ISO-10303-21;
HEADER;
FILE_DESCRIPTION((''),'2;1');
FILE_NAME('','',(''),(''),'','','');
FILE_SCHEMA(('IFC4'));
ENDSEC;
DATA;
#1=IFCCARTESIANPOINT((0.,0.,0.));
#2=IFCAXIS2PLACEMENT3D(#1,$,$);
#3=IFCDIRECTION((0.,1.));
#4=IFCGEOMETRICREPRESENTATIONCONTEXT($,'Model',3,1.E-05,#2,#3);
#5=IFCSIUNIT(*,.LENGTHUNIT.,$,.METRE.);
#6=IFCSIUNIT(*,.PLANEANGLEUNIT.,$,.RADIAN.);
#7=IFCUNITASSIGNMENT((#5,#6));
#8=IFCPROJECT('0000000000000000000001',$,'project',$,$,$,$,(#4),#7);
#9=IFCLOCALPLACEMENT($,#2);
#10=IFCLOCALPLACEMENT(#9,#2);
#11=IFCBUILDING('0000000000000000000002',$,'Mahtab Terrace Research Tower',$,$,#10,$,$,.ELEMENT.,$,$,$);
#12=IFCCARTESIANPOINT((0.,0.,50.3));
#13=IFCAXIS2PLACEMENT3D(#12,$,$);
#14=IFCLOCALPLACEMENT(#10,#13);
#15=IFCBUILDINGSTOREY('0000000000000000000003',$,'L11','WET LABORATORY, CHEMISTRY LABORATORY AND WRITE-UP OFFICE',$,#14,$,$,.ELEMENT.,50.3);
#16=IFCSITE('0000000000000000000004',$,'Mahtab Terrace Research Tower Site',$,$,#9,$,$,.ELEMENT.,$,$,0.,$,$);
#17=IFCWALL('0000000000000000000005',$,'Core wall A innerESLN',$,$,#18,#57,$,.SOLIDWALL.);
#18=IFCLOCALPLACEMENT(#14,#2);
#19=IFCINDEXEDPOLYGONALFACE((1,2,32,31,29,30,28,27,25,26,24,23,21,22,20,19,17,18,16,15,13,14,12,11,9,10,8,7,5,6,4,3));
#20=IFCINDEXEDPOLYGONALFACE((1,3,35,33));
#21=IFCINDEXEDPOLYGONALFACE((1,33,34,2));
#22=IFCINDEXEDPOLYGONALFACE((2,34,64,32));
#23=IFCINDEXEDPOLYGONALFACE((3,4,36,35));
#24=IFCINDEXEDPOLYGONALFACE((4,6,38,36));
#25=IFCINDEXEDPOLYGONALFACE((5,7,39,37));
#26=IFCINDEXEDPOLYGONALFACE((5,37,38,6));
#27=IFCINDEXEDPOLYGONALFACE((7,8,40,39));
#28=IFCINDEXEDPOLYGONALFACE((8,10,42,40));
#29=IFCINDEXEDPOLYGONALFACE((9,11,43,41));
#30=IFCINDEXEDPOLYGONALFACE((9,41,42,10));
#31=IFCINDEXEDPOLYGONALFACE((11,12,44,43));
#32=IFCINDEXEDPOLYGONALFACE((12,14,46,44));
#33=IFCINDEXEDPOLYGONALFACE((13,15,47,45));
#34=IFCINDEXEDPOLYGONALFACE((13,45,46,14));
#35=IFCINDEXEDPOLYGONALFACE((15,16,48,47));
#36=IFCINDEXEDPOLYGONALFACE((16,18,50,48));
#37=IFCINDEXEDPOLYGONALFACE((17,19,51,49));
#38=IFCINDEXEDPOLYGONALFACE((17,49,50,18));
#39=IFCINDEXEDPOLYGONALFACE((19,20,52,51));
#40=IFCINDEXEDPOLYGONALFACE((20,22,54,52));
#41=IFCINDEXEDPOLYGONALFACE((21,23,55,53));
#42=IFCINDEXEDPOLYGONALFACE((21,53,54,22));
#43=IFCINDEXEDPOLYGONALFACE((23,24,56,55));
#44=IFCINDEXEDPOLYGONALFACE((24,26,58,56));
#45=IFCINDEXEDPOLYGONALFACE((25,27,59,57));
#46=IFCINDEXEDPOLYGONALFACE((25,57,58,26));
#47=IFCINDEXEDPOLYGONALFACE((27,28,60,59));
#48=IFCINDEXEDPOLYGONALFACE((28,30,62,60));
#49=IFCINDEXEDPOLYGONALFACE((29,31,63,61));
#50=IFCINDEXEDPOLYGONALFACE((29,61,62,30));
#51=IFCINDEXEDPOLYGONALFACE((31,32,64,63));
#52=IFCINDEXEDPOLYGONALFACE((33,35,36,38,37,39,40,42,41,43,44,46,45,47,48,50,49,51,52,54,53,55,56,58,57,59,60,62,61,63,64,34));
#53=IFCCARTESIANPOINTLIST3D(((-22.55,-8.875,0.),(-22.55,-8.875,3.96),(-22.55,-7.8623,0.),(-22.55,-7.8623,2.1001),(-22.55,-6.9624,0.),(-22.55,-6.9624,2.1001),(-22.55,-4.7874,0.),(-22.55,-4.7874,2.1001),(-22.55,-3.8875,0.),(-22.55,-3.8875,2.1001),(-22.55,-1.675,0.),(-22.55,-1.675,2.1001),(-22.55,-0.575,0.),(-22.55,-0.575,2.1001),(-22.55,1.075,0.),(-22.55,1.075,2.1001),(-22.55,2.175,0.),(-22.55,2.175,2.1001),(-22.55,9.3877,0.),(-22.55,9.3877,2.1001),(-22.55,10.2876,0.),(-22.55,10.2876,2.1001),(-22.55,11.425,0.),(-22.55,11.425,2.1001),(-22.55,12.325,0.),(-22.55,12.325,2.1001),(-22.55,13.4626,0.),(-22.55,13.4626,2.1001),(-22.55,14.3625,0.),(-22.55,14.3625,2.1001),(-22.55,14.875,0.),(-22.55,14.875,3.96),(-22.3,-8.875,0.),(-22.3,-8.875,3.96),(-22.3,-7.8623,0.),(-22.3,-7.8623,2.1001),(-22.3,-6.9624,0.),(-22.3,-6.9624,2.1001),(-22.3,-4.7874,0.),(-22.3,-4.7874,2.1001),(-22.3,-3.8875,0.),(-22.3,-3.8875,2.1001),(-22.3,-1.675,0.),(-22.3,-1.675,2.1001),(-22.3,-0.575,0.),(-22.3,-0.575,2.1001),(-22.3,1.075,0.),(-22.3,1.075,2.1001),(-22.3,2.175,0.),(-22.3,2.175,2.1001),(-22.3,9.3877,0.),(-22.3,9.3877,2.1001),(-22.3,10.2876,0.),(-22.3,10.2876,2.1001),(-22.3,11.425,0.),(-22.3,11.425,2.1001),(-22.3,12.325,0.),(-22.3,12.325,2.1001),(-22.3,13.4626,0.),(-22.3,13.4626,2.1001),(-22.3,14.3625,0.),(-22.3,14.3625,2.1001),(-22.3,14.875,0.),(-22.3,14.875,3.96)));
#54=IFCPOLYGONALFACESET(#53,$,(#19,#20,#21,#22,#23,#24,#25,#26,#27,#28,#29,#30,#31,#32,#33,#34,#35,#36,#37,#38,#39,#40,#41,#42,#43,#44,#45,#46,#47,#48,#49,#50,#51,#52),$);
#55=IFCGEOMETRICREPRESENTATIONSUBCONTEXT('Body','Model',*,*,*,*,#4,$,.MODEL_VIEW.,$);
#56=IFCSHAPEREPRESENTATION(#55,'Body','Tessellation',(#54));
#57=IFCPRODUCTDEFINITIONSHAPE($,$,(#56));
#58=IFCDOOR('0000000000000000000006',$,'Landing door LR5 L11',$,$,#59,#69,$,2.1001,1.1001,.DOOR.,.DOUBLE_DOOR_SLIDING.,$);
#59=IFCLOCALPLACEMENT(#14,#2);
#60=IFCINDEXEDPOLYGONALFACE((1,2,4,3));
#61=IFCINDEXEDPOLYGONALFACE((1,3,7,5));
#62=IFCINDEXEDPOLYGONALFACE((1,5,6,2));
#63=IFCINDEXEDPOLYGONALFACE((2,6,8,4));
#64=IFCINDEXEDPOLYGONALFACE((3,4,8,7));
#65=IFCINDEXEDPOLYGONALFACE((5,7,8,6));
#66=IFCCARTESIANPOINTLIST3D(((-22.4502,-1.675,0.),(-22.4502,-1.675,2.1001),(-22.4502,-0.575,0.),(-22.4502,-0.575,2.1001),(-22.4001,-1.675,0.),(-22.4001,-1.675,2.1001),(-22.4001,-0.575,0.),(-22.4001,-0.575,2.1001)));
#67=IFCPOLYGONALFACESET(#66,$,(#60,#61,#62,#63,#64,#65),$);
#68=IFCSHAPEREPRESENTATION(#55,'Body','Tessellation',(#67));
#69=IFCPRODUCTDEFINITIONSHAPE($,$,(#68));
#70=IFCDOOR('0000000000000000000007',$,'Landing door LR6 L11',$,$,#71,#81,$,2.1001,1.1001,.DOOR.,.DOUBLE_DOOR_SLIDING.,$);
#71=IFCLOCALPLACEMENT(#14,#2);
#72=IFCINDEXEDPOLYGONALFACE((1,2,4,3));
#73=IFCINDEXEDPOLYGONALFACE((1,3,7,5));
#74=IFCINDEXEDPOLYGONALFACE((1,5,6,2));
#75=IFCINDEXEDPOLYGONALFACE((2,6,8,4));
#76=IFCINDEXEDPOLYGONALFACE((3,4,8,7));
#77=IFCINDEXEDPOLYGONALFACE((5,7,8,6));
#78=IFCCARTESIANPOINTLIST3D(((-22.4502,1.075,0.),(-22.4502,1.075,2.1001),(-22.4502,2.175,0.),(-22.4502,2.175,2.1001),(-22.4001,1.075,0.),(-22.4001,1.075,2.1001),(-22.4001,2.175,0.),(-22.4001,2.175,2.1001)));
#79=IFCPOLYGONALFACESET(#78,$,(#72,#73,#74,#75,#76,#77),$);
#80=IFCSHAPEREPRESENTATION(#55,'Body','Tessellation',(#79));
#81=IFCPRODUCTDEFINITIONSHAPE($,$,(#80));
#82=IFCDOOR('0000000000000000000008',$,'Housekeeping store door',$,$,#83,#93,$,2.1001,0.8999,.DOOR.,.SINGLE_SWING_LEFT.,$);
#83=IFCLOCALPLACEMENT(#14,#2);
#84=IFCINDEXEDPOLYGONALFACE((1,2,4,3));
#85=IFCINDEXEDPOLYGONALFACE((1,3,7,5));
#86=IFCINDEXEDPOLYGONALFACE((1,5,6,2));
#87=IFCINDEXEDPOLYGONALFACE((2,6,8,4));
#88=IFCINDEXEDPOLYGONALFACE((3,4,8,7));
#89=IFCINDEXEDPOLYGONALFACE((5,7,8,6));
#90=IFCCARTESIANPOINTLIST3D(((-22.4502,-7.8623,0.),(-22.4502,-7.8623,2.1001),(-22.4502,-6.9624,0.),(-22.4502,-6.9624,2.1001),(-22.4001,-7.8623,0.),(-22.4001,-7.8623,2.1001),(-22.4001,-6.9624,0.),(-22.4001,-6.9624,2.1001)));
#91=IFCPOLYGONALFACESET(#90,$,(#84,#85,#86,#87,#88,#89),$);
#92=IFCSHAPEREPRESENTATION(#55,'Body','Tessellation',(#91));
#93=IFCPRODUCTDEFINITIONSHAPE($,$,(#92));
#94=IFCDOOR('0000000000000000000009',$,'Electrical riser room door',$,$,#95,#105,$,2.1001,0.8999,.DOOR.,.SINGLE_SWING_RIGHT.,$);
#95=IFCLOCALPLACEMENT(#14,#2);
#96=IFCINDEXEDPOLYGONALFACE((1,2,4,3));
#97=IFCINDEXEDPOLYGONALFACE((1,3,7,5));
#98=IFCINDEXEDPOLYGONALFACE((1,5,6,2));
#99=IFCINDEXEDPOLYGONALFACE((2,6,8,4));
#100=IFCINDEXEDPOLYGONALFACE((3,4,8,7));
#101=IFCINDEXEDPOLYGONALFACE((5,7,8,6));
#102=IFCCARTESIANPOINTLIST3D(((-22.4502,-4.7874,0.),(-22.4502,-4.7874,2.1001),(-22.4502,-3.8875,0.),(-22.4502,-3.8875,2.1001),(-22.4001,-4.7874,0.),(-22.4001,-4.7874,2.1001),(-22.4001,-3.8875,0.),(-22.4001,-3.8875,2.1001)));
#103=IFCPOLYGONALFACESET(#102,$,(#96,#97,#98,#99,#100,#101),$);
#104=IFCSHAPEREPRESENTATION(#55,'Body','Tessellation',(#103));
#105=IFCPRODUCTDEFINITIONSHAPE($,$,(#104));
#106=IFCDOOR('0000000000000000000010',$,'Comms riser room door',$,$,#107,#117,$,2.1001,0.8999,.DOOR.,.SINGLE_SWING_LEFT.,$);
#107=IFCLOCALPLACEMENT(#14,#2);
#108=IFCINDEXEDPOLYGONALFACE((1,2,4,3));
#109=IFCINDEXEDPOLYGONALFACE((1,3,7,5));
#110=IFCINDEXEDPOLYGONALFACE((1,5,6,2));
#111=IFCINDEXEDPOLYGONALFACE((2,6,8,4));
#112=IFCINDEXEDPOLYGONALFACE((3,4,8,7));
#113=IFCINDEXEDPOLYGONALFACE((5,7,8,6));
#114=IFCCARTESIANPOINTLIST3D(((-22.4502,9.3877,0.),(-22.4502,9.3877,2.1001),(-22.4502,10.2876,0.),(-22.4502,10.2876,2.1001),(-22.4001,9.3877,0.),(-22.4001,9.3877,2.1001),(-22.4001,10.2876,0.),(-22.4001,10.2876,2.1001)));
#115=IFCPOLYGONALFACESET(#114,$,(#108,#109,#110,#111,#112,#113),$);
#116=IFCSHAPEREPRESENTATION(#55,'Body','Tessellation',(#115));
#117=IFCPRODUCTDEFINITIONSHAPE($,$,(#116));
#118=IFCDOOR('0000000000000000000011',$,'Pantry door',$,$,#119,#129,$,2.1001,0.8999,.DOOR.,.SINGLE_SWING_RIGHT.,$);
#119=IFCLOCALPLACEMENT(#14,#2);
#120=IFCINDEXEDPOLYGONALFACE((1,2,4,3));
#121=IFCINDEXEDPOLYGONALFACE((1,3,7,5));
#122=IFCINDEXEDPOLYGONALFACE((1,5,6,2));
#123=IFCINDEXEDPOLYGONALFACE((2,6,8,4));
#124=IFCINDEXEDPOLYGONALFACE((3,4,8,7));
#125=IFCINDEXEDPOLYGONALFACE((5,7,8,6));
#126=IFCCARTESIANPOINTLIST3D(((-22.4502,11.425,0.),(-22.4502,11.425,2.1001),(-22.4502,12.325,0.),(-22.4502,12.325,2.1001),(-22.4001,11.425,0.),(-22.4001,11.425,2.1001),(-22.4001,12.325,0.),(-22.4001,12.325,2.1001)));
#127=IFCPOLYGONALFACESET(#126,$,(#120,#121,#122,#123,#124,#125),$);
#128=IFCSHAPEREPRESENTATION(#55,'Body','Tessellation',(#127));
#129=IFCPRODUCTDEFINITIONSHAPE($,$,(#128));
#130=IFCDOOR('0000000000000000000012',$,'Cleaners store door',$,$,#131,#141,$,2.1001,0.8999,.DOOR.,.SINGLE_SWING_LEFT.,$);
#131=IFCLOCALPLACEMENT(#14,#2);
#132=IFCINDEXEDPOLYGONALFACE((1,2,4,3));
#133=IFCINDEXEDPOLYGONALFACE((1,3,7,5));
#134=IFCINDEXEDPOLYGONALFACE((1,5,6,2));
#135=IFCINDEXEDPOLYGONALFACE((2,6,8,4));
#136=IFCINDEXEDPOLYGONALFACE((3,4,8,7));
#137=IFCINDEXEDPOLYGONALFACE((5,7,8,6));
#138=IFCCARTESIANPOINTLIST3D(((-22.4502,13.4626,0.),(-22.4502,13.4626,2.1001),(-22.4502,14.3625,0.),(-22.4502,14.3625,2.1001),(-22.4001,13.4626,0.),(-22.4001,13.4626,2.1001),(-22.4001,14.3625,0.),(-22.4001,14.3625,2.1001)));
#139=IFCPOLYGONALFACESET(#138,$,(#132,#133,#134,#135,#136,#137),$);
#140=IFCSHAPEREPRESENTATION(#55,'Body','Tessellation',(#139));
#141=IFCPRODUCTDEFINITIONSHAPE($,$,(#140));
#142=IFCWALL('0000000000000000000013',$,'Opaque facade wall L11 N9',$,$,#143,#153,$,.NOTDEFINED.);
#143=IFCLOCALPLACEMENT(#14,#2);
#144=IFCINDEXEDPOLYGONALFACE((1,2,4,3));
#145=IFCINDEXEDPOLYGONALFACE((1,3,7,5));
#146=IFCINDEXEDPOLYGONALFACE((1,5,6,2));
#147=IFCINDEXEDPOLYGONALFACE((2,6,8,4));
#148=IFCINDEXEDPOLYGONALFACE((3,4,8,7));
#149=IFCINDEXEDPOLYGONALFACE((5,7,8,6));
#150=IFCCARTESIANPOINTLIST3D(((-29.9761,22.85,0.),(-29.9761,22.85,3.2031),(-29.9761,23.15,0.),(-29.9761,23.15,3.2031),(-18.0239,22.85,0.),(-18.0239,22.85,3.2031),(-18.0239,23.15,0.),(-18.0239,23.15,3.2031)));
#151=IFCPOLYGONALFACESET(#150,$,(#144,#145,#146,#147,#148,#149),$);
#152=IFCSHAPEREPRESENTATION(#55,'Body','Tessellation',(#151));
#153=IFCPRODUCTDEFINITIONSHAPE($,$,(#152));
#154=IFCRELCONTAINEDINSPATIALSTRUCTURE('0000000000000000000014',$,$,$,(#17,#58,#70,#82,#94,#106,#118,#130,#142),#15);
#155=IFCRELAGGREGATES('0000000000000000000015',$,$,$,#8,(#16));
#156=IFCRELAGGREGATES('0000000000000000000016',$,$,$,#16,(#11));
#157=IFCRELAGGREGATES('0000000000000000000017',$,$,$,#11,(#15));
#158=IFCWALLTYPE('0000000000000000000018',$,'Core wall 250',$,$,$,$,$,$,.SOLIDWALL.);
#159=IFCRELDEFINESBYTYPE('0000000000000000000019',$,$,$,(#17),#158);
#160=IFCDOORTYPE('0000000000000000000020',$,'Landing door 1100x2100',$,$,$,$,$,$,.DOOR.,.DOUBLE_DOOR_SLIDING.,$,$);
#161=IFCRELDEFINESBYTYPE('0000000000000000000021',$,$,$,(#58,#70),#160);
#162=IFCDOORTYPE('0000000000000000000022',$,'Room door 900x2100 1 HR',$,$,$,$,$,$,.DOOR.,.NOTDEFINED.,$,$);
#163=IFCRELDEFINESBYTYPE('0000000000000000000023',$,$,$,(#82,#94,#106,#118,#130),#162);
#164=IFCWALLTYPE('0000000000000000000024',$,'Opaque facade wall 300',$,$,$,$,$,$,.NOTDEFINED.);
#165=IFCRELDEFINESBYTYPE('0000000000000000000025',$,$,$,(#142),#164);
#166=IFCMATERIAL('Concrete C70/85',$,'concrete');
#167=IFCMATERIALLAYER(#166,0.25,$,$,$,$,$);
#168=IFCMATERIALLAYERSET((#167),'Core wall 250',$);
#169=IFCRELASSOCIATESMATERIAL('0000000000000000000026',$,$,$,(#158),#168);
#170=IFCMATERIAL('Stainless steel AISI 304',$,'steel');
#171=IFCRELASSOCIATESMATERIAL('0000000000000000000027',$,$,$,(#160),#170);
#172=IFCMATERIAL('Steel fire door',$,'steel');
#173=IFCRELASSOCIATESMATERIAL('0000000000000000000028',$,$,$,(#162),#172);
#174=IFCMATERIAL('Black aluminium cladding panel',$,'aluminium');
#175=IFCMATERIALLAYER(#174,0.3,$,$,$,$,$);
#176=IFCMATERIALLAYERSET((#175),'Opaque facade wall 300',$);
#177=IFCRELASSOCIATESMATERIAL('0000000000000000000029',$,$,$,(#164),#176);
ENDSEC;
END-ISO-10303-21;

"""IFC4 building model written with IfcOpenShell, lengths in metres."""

from ifc_helpers import new_model, si_unit, direction, frame, frame_2d, origin, place, context, subcontext, project, spatial, rectangle, extrude, material, layer, layer_set, type_object, element, fill, save


model = new_model("IFC4")

# Units and contexts
model_context = context("Model", 3, precision=1e-05, world=origin(), true_north=direction((0.0, 1.0)))
body_context = subcontext(model_context, "Body", "Model", "MODEL_VIEW")
ifc_project = project(units=[si_unit("LENGTHUNIT", "METRE"), si_unit("PLANEANGLEUNIT", "RADIAN")], contexts=[model_context])

# Site, building, storey
site_placement = place(None, origin())
site = spatial("IfcSite", under=ifc_project, at=site_placement, Name="Mahtab Terrace Research Tower Site", CompositionType="ELEMENT", RefElevation=0.0)
building_placement = place(site_placement, origin())
building = spatial("IfcBuilding", under=site, at=building_placement, Name="Mahtab Terrace Research Tower", CompositionType="ELEMENT")
storey_placement = place(building_placement, frame((0.0, 0.0, 50.3)))
storey = spatial("IfcBuildingStorey", under=building, at=storey_placement, Name="L11", Description="WET LABORATORY, CHEMISTRY LABORATORY AND WRITE-UP OFFICE", CompositionType="ELEMENT", Elevation=50.3)

# Shared definitions
ifc_material_1 = material(Name="Concrete C70/85", Category="concrete")
ifc_layer_1 = layer(ifc_material_1, 0.25)
ifc_layer_set_1 = layer_set([ifc_layer_1], Name="Core wall 250")
wall_type_1 = type_object("IfcWallType", Name="Core wall 250", PredefinedType="SOLIDWALL", material=ifc_layer_set_1)

# Shared definitions
ifc_material_2 = material(Name="Steel fire door", Category="steel")

# Wall, openings, doors
wall_1_placement = place(storey_placement, frame((-22.425, 14.875, 0.0), z_axis=(0.0, 0.0, 1.0), x_axis=(0.0, -1.0, 0.0)))
wall_1 = element("IfcWall", 1, at=wall_1_placement, inside=storey, type_object=wall_type_1, Name="Core wall A innerESLN", PredefinedType="SOLIDWALL", context=body_context, shape_type="SweptSolid", body=[
    extrude(rectangle(XDim=23.75, YDim=0.25, at=frame_2d((11.875, 0.0))), origin(), (0.0, 0.0, 1.0), 3.96),
])
opening_1_placement = place(wall_1_placement, frame((15.45, 0.0, 0.0)))
opening_1 = element("IfcOpeningElement", 2, at=opening_1_placement, cuts=wall_1, PredefinedType="OPENING", context=body_context, shape_type="SweptSolid", body=[
    extrude(rectangle(XDim=1.1001, YDim=2.1001, at=frame_2d((0.55, 1.05))), frame((0.0, 0.135, 0.0), z_axis=(0.0, -1.0, 0.0), x_axis=(1.0, 0.0, 0.0)), (0.0, 0.0, 1.0), 0.27),
])
opening_2_placement = place(wall_1_placement, frame((12.7, 0.0, 0.0)))
opening_2 = element("IfcOpeningElement", 3, at=opening_2_placement, cuts=wall_1, PredefinedType="OPENING", context=body_context, shape_type="SweptSolid", body=[
    extrude(rectangle(XDim=1.1001, YDim=2.1001, at=frame_2d((0.55, 1.05))), frame((0.0, 0.135, 0.0), z_axis=(0.0, -1.0, 0.0), x_axis=(1.0, 0.0, 0.0)), (0.0, 0.0, 1.0), 0.27),
])
opening_3_placement = place(wall_1_placement, frame((21.8374, 0.0, 0.0)))
opening_3 = element("IfcOpeningElement", 4, at=opening_3_placement, cuts=wall_1, PredefinedType="OPENING", context=body_context, shape_type="SweptSolid", body=[
    extrude(rectangle(XDim=0.8999, YDim=2.1001, at=frame_2d((0.45, 1.05))), frame((0.0, 0.135, 0.0), z_axis=(0.0, -1.0, 0.0), x_axis=(1.0, 0.0, 0.0)), (0.0, 0.0, 1.0), 0.27),
])
opening_4_placement = place(wall_1_placement, frame((18.7625, 0.0, 0.0)))
opening_4 = element("IfcOpeningElement", 5, at=opening_4_placement, cuts=wall_1, PredefinedType="OPENING", context=body_context, shape_type="SweptSolid", body=[
    extrude(rectangle(XDim=0.8999, YDim=2.1001, at=frame_2d((0.45, 1.05))), frame((0.0, 0.135, 0.0), z_axis=(0.0, -1.0, 0.0), x_axis=(1.0, 0.0, 0.0)), (0.0, 0.0, 1.0), 0.27),
])
opening_5_placement = place(wall_1_placement, frame((4.5874, 0.0, 0.0)))
opening_5 = element("IfcOpeningElement", 6, at=opening_5_placement, cuts=wall_1, PredefinedType="OPENING", context=body_context, shape_type="SweptSolid", body=[
    extrude(rectangle(XDim=0.8999, YDim=2.1001, at=frame_2d((0.45, 1.05))), frame((0.0, 0.135, 0.0), z_axis=(0.0, -1.0, 0.0), x_axis=(1.0, 0.0, 0.0)), (0.0, 0.0, 1.0), 0.27),
])
opening_6_placement = place(wall_1_placement, frame((2.55, 0.0, 0.0)))
opening_6 = element("IfcOpeningElement", 7, at=opening_6_placement, cuts=wall_1, PredefinedType="OPENING", context=body_context, shape_type="SweptSolid", body=[
    extrude(rectangle(XDim=0.8999, YDim=2.1001, at=frame_2d((0.45, 1.05))), frame((0.0, 0.135, 0.0), z_axis=(0.0, -1.0, 0.0), x_axis=(1.0, 0.0, 0.0)), (0.0, 0.0, 1.0), 0.27),
])
opening_7_placement = place(wall_1_placement, frame((0.5125, 0.0, 0.0)))
opening_7 = element("IfcOpeningElement", 8, at=opening_7_placement, cuts=wall_1, PredefinedType="OPENING", context=body_context, shape_type="SweptSolid", body=[
    extrude(rectangle(XDim=0.8999, YDim=2.1001, at=frame_2d((0.45, 1.05))), frame((0.0, 0.135, 0.0), z_axis=(0.0, -1.0, 0.0), x_axis=(1.0, 0.0, 0.0)), (0.0, 0.0, 1.0), 0.27),
])
ifc_material_3 = material(Name="Stainless steel AISI 304", Category="steel")
door_type_1 = type_object("IfcDoorType", Name="Landing door 1100x2100", OperationType="DOUBLE_DOOR_SLIDING", PredefinedType="DOOR", material=ifc_material_3)
door_1_placement = place(opening_1_placement, origin())
door_1 = element("IfcDoor", 9, at=door_1_placement, inside=storey, type_object=door_type_1, Name="Landing door LR5 L11", OperationType="DOUBLE_DOOR_SLIDING", OverallHeight=2.1001, OverallWidth=1.1001, PredefinedType="DOOR", context=body_context, shape_type="SweptSolid", body=[
    extrude(rectangle(XDim=1.1001, YDim=2.1001, at=frame_2d((0.55, 1.05))), frame((0.0, 0.0249, 0.0), z_axis=(0.0, -1.0, 0.0), x_axis=(1.0, 0.0, 0.0)), (0.0, 0.0, 1.0), 0.05),
])
fill(opening_1, door_1)
door_2_placement = place(opening_2_placement, origin())
door_2 = element("IfcDoor", 10, at=door_2_placement, inside=storey, type_object=door_type_1, Name="Landing door LR6 L11", OperationType="DOUBLE_DOOR_SLIDING", OverallHeight=2.1001, OverallWidth=1.1001, PredefinedType="DOOR", context=body_context, shape_type="SweptSolid", body=[
    extrude(rectangle(XDim=1.1001, YDim=2.1001, at=frame_2d((0.55, 1.05))), frame((0.0, 0.0249, 0.0), z_axis=(0.0, -1.0, 0.0), x_axis=(1.0, 0.0, 0.0)), (0.0, 0.0, 1.0), 0.05),
])
fill(opening_2, door_2)
door_type_2 = type_object("IfcDoorType", Name="Room door 900x2100 1 HR", OperationType="NOTDEFINED", PredefinedType="DOOR", material=ifc_material_2)
door_3_placement = place(opening_3_placement, origin())
door_3 = element("IfcDoor", 11, at=door_3_placement, inside=storey, type_object=door_type_2, Name="Housekeeping store door", OperationType="SINGLE_SWING_LEFT", OverallHeight=2.1001, OverallWidth=0.8999, PredefinedType="DOOR", context=body_context, shape_type="SweptSolid", body=[
    extrude(rectangle(XDim=0.8999, YDim=2.1001, at=frame_2d((0.45, 1.05))), frame((0.0, 0.0249, 0.0), z_axis=(0.0, -1.0, 0.0), x_axis=(1.0, 0.0, 0.0)), (0.0, 0.0, 1.0), 0.05),
])
fill(opening_3, door_3)
door_4_placement = place(opening_4_placement, origin())
door_4 = element("IfcDoor", 12, at=door_4_placement, inside=storey, type_object=door_type_2, Name="Electrical riser room door", OperationType="SINGLE_SWING_RIGHT", OverallHeight=2.1001, OverallWidth=0.8999, PredefinedType="DOOR", context=body_context, shape_type="SweptSolid", body=[
    extrude(rectangle(XDim=0.8999, YDim=2.1001, at=frame_2d((0.45, 1.05))), frame((0.0, 0.0249, 0.0), z_axis=(0.0, -1.0, 0.0), x_axis=(1.0, 0.0, 0.0)), (0.0, 0.0, 1.0), 0.05),
])
fill(opening_4, door_4)
door_5_placement = place(opening_5_placement, origin())
door_5 = element("IfcDoor", 13, at=door_5_placement, inside=storey, type_object=door_type_2, Name="Comms riser room door", OperationType="SINGLE_SWING_LEFT", OverallHeight=2.1001, OverallWidth=0.8999, PredefinedType="DOOR", context=body_context, shape_type="SweptSolid", body=[
    extrude(rectangle(XDim=0.8999, YDim=2.1001, at=frame_2d((0.45, 1.05))), frame((0.0, 0.0249, 0.0), z_axis=(0.0, -1.0, 0.0), x_axis=(1.0, 0.0, 0.0)), (0.0, 0.0, 1.0), 0.05),
])
fill(opening_5, door_5)
door_6_placement = place(opening_6_placement, origin())
door_6 = element("IfcDoor", 14, at=door_6_placement, inside=storey, type_object=door_type_2, Name="Pantry door", OperationType="SINGLE_SWING_RIGHT", OverallHeight=2.1001, OverallWidth=0.8999, PredefinedType="DOOR", context=body_context, shape_type="SweptSolid", body=[
    extrude(rectangle(XDim=0.8999, YDim=2.1001, at=frame_2d((0.45, 1.05))), frame((0.0, 0.0249, 0.0), z_axis=(0.0, -1.0, 0.0), x_axis=(1.0, 0.0, 0.0)), (0.0, 0.0, 1.0), 0.05),
])
fill(opening_6, door_6)
door_7_placement = place(opening_7_placement, origin())
door_7 = element("IfcDoor", 15, at=door_7_placement, inside=storey, type_object=door_type_2, Name="Cleaners store door", OperationType="SINGLE_SWING_LEFT", OverallHeight=2.1001, OverallWidth=0.8999, PredefinedType="DOOR", context=body_context, shape_type="SweptSolid", body=[
    extrude(rectangle(XDim=0.8999, YDim=2.1001, at=frame_2d((0.45, 1.05))), frame((0.0, 0.0249, 0.0), z_axis=(0.0, -1.0, 0.0), x_axis=(1.0, 0.0, 0.0)), (0.0, 0.0, 1.0), 0.05),
])
fill(opening_7, door_7)

# Wall
ifc_material_4 = material(Name="Black aluminium cladding panel", Category="aluminium")
ifc_layer_2 = layer(ifc_material_4, 0.3)
ifc_layer_set_2 = layer_set([ifc_layer_2], Name="Opaque facade wall 300")
wall_type_2 = type_object("IfcWallType", Name="Opaque facade wall 300", PredefinedType="NOTDEFINED", material=ifc_layer_set_2)
wall_2_placement = place(storey_placement, frame((-18.0239, 23.0, 0.0), z_axis=(0.0, 0.0, 1.0), x_axis=(-1.0, 0.0, 0.0)))
element("IfcWall", 16, at=wall_2_placement, inside=storey, type_object=wall_type_2, Name="Opaque facade wall L11 N9", PredefinedType="NOTDEFINED", context=body_context, shape_type="SweptSolid", body=[
    extrude(rectangle(XDim=11.9521, YDim=0.3, at=frame_2d((5.9761, 0.0))), origin(), (0.0, 0.0, 1.0), 3.2031),
])

save(model, "model.ifc")
